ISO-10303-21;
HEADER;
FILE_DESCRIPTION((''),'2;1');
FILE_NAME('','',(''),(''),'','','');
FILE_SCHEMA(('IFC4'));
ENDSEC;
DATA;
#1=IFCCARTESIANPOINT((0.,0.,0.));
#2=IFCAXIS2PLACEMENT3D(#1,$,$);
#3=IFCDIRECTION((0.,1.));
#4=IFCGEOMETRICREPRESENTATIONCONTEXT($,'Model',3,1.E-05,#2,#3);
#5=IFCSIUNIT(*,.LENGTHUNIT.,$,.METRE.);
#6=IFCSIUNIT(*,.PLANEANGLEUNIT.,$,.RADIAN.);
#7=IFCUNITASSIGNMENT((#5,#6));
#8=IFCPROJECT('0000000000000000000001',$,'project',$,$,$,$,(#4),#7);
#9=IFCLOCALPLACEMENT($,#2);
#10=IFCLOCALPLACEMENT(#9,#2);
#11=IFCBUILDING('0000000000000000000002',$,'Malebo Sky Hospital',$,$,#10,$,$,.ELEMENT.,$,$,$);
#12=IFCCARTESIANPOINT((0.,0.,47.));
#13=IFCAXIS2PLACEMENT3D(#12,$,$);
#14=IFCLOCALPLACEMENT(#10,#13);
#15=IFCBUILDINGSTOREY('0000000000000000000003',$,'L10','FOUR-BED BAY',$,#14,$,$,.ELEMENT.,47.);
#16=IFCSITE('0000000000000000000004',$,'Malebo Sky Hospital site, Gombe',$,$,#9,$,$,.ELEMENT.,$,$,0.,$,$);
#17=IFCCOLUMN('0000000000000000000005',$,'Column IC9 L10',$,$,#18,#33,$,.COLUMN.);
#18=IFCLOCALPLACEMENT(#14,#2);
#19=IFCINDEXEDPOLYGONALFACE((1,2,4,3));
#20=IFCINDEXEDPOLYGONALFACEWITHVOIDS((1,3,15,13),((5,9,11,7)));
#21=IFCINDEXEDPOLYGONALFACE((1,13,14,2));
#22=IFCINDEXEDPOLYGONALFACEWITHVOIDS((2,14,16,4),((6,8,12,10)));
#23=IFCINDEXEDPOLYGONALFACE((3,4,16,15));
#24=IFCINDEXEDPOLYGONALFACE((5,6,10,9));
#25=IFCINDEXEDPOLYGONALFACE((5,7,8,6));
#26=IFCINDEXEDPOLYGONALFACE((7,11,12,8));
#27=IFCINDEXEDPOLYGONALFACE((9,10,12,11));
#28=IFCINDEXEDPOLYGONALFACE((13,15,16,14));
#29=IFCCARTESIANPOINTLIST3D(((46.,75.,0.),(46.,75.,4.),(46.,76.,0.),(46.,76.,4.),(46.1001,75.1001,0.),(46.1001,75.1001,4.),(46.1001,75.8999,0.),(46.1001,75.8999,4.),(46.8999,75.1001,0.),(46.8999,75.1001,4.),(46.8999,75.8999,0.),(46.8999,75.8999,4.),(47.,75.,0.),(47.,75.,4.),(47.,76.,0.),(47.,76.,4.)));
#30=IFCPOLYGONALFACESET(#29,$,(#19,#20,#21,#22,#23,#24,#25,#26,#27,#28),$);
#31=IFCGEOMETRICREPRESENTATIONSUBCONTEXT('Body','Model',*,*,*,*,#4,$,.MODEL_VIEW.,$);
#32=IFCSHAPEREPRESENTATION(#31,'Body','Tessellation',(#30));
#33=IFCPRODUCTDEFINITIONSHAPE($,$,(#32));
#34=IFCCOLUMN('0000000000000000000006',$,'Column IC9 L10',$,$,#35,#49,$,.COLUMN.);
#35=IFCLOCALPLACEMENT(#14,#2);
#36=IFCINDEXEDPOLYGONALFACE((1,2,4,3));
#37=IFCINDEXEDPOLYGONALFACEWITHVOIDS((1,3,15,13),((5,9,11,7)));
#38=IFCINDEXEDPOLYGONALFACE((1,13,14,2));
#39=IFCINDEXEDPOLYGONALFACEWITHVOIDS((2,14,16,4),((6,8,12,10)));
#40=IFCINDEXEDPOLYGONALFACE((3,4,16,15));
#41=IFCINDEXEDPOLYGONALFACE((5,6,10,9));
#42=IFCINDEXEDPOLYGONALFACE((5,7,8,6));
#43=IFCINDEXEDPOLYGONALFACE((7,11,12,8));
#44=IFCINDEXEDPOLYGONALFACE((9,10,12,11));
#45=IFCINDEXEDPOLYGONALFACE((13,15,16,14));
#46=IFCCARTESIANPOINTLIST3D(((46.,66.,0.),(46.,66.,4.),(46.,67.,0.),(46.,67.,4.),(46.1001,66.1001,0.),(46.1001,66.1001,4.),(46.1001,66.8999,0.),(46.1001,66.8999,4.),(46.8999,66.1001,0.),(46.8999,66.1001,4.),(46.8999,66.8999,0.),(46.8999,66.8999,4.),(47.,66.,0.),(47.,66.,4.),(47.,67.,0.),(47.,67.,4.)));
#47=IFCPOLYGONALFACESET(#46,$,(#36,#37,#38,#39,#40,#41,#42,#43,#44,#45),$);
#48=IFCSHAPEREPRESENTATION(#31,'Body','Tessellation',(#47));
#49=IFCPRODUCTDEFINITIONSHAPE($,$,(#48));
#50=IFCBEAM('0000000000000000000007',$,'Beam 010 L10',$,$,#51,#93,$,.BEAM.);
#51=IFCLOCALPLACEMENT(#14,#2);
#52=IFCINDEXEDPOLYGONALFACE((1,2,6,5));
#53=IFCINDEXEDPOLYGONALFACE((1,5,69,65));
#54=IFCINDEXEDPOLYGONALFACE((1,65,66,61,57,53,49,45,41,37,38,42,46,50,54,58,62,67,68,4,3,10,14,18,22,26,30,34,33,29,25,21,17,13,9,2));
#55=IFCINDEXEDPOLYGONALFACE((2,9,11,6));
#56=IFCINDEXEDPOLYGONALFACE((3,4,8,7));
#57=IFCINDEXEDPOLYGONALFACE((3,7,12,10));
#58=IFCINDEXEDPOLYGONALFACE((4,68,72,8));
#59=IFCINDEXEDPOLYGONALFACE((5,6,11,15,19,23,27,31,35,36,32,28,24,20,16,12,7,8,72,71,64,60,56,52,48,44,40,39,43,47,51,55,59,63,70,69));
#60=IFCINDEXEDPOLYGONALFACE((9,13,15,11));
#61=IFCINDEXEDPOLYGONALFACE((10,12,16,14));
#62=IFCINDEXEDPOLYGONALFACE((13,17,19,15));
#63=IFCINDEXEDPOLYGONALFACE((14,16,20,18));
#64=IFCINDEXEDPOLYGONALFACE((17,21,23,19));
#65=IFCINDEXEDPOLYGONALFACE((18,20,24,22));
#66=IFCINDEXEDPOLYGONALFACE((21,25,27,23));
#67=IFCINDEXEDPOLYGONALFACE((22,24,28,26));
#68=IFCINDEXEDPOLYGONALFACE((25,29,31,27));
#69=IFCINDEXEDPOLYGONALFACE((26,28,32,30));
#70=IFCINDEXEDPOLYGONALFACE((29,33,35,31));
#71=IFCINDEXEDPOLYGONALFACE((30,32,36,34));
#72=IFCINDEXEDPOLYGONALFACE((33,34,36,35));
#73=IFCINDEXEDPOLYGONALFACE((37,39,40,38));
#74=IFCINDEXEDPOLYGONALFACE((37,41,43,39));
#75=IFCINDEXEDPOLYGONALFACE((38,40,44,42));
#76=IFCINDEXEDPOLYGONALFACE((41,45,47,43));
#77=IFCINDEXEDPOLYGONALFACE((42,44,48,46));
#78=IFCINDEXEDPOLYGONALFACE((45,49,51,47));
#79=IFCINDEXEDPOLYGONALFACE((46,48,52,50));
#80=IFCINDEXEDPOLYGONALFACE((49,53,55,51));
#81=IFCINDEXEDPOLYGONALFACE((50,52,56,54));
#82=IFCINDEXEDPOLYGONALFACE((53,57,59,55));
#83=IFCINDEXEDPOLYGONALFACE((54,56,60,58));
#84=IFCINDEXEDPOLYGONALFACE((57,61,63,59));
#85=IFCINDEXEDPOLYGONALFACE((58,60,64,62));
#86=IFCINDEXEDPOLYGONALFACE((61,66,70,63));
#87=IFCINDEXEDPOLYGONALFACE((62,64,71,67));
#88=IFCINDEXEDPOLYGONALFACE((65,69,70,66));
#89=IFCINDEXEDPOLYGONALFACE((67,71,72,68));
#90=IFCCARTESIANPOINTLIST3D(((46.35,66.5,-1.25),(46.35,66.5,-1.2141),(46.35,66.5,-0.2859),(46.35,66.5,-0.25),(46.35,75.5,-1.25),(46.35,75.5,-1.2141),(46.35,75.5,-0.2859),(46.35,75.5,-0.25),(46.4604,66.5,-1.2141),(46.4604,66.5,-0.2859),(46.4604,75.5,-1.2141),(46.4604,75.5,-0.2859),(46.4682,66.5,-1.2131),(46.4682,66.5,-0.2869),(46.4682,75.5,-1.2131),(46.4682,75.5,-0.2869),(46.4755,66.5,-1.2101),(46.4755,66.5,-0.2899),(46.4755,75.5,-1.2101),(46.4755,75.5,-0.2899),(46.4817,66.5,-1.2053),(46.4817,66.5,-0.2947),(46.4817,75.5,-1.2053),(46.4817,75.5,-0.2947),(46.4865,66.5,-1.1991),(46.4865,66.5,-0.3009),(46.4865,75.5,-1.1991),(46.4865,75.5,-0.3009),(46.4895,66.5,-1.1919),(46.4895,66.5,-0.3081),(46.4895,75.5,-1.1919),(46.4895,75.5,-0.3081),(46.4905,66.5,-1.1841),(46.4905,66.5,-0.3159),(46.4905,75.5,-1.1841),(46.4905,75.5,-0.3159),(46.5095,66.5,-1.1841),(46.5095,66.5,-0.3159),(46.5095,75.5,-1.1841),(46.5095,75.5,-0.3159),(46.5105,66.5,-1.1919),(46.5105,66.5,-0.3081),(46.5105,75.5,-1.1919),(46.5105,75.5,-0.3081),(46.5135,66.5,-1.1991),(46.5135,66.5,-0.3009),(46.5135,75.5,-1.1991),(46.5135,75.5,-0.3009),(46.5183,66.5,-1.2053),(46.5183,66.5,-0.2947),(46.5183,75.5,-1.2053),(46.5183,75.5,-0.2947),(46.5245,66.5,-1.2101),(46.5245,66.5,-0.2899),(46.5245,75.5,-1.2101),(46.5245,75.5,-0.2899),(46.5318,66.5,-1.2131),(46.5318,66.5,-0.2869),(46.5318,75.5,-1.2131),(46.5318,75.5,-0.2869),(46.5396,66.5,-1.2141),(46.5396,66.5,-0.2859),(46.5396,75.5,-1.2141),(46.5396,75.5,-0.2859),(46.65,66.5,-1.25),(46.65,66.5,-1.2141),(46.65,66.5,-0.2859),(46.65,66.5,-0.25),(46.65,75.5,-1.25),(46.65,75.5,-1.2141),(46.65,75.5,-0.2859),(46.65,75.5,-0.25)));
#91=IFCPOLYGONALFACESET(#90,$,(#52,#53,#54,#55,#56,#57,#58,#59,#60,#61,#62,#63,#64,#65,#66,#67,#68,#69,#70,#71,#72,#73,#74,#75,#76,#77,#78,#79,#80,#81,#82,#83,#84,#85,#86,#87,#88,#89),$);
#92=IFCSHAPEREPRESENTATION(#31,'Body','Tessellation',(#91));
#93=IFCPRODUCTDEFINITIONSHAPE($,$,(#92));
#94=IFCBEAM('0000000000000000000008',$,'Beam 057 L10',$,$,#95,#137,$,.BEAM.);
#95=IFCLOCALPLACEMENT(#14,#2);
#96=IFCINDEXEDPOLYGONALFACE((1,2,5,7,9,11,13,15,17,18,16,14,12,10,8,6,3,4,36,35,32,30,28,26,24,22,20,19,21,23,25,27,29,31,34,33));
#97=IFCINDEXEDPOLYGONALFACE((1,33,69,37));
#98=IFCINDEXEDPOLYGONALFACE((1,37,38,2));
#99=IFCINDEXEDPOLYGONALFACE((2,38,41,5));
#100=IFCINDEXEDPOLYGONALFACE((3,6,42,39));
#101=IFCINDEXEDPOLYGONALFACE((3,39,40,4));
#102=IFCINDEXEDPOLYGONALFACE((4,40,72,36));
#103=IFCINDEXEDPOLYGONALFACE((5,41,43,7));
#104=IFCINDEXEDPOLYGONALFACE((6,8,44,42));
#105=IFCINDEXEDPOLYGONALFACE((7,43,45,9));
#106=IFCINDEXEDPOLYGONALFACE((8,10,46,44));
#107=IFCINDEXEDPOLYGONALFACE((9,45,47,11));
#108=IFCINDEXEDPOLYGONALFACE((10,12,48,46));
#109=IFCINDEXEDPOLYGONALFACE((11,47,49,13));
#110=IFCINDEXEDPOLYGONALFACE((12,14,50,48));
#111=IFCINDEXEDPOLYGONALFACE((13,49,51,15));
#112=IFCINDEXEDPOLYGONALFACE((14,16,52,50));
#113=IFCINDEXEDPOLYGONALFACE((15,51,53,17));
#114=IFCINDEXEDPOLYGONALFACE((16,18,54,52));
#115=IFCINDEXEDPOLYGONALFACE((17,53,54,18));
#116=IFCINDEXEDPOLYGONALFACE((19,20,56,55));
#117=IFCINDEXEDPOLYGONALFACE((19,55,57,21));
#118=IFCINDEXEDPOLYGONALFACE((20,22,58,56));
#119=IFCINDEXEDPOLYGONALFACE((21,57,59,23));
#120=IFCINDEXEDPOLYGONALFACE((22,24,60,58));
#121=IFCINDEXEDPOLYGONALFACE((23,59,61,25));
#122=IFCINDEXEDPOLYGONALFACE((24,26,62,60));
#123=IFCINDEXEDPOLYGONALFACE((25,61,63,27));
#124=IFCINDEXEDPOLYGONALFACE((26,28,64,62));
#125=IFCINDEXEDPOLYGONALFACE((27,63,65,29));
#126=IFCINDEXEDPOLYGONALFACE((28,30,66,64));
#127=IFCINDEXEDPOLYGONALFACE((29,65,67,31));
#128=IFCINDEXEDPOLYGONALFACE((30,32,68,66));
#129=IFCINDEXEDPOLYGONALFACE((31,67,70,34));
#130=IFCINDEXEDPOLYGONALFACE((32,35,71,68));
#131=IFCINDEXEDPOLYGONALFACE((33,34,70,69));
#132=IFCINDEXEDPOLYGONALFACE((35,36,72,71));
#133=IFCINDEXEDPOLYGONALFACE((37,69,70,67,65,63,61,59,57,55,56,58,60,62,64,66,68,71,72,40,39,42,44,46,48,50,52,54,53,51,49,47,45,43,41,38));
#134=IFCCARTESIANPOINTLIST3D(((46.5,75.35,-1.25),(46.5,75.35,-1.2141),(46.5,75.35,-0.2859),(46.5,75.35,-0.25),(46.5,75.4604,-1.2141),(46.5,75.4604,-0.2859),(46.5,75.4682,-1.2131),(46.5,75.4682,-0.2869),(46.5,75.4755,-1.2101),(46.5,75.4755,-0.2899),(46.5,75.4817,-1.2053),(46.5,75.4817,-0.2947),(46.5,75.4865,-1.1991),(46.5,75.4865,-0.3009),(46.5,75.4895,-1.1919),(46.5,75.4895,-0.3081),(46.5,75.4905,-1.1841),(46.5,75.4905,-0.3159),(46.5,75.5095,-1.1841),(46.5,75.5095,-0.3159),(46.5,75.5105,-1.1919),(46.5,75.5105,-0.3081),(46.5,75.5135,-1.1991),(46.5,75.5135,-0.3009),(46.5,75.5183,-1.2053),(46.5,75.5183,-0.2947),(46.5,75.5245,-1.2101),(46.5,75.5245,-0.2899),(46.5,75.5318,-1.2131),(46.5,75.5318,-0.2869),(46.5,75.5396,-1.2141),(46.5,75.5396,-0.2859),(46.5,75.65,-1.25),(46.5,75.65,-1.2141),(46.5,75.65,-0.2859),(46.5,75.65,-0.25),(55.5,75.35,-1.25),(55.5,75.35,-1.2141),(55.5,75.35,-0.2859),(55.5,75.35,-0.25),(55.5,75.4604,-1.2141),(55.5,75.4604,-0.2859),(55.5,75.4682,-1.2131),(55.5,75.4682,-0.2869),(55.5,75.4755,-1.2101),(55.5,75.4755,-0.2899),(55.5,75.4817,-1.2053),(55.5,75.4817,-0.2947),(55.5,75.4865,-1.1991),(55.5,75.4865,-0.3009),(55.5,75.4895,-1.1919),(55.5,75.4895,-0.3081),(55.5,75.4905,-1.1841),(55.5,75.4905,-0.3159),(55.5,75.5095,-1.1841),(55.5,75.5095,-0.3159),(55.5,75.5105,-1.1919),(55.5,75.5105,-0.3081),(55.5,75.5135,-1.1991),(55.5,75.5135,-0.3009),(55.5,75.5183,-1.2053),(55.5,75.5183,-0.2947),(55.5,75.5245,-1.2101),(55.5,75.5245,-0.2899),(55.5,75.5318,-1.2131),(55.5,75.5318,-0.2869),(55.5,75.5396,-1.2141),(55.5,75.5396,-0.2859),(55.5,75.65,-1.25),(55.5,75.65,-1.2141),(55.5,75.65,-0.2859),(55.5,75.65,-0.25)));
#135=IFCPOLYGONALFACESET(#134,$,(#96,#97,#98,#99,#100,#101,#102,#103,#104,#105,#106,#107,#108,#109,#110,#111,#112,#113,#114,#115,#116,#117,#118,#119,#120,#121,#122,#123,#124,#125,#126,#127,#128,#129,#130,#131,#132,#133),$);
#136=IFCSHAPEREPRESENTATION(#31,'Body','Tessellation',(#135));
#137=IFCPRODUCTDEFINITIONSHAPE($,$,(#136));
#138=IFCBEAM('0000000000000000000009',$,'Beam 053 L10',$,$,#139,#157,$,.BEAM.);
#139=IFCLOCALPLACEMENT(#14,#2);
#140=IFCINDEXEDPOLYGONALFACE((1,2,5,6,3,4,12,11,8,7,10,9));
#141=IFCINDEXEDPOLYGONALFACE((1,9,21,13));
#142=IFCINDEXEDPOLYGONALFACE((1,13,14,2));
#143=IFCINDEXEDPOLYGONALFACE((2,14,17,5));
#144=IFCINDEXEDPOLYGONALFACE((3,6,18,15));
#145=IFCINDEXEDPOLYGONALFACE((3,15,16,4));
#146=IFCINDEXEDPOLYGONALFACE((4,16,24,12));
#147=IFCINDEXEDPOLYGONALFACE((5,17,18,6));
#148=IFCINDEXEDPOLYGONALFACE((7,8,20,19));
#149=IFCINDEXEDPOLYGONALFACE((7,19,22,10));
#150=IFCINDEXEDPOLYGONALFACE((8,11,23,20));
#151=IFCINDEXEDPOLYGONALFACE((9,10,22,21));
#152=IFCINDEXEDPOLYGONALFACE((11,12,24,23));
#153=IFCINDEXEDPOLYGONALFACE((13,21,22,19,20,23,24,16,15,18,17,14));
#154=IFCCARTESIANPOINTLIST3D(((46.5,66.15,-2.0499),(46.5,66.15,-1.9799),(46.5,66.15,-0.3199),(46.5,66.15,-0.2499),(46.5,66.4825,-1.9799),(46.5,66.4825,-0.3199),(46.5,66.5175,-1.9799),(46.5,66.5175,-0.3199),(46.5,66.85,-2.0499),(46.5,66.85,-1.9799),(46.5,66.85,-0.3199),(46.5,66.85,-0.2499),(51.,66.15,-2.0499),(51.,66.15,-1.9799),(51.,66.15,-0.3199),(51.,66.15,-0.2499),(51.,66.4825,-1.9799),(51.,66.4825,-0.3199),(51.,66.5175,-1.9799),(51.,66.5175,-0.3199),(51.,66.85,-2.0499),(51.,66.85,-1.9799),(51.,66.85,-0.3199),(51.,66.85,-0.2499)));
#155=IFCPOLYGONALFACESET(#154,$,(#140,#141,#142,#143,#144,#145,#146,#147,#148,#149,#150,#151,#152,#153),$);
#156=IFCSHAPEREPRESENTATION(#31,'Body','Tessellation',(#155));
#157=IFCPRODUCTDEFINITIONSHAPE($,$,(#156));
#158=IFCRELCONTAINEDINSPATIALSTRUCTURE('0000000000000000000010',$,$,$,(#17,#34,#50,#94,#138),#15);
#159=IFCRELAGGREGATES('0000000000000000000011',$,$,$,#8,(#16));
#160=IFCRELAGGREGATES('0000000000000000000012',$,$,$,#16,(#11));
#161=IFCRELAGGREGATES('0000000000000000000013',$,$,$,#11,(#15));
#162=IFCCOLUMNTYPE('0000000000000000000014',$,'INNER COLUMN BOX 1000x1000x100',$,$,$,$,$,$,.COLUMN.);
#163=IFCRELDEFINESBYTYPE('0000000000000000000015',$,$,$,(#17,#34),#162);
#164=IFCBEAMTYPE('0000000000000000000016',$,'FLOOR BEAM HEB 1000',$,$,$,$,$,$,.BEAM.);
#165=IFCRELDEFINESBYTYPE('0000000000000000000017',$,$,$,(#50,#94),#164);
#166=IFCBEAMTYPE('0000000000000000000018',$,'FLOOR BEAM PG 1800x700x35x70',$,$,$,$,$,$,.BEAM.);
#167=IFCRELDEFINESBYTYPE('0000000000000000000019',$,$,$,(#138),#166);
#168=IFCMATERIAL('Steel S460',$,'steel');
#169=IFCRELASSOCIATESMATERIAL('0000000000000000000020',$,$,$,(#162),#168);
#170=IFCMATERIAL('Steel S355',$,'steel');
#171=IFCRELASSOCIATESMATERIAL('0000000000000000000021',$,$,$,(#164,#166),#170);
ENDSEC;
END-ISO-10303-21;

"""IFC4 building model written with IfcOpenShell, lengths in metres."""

from ifc_helpers import new_model, si_unit, direction, frame, origin, origin_2d, place, context, subcontext, project, spatial, hollow_rectangle, i_section, extrude, material, material_profile, profile_set, type_object, element, save


model = new_model("IFC4")

# Units and contexts
model_context = context("Model", 3, precision=1e-05, world=origin(), true_north=direction((0.0, 1.0)))
body_context = subcontext(model_context, "Body", "Model", "MODEL_VIEW")
ifc_project = project(units=[si_unit("LENGTHUNIT", "METRE"), si_unit("PLANEANGLEUNIT", "RADIAN")], contexts=[model_context])

# Site, building, storey
site_placement = place(None, origin())
site = spatial("IfcSite", under=ifc_project, at=site_placement, Name="Malebo Sky Hospital site, Gombe", CompositionType="ELEMENT", RefElevation=0.0)
building_placement = place(site_placement, origin())
building = spatial("IfcBuilding", under=site, at=building_placement, Name="Malebo Sky Hospital", CompositionType="ELEMENT")
storey_placement = place(building_placement, frame((0.0, 0.0, 47.0)))
storey = spatial("IfcBuildingStorey", under=building, at=storey_placement, Name="L10", Description="FOUR-BED BAY", CompositionType="ELEMENT", Elevation=47.0)

# Columns
ifc_material_1 = material(Name="Steel S460", Category="steel")
ifc_material_profile_1 = material_profile(ifc_material_1, hollow_rectangle(XDim=1.0, YDim=1.0, WallThickness=0.1001, at=origin_2d()), Name="BOX 1000x1000x100")
ifc_profile_set_1 = profile_set([ifc_material_profile_1], Name="Steel S460")
column_type = type_object("IfcColumnType", Name="INNER COLUMN BOX 1000x1000x100", PredefinedType="COLUMN", material=ifc_profile_set_1)
for number, where, z_axis, x_axis, name in (
    (1, (46.5, 75.5, 0.0), (0.0, 0.0, 1.0), (1.0, 0.0, 0.0), "Column IC9 L10"),
    (2, (46.5, 66.5, 0.0), (0.0, 0.0, 1.0), (1.0, 0.0, 0.0), "Column IC9 L10"),
):
    element("IfcColumn", number, at=place(storey_placement, frame(where, z_axis=z_axis, x_axis=x_axis)), inside=storey, type_object=column_type, Name=name, PredefinedType="COLUMN", context=body_context, shape_type="SweptSolid", body=[
        extrude(hollow_rectangle(XDim=1.0, YDim=1.0, WallThickness=0.1001, at=origin_2d()), origin(), (0.0, 0.0, 1.0), 4.0),
    ])

# Beams
ifc_material_2 = material(Name="Steel S355", Category="steel")
ifc_material_profile_2 = material_profile(ifc_material_2, i_section(OverallWidth=0.3, OverallDepth=1.0, WebThickness=0.019, FlangeThickness=0.0359, FilletRadius=0.03, at=origin_2d()), Name="HEB 1000")
ifc_profile_set_2 = profile_set([ifc_material_profile_2], Name="Steel S355")
beam_type_1 = type_object("IfcBeamType", Name="FLOOR BEAM HEB 1000", PredefinedType="BEAM", material=ifc_profile_set_2)
for number, where, z_axis, x_axis, name in (
    (3, (46.5, 66.5, -0.75), (0.0, 1.0, 0.0), (-1.0, 0.0, 0.0), "Beam 010 L10"),
    (4, (46.5, 75.5, -0.75), (1.0, 0.0, 0.0), (0.0, 1.0, 0.0), "Beam 057 L10"),
):
    element("IfcBeam", number, at=place(storey_placement, frame(where, z_axis=z_axis, x_axis=x_axis)), inside=storey, type_object=beam_type_1, Name=name, PredefinedType="BEAM", context=body_context, shape_type="SweptSolid", body=[
        extrude(i_section(OverallWidth=0.3, OverallDepth=1.0, WebThickness=0.019, FlangeThickness=0.0359, FilletRadius=0.03, at=origin_2d()), origin(), (0.0, 0.0, 1.0), 9.0),
    ])
ifc_material_profile_3 = material_profile(ifc_material_2, i_section(OverallWidth=0.7, OverallDepth=1.8, WebThickness=0.0349, FlangeThickness=0.0701, at=origin_2d()), Name="PG 1800x700x35x70")
ifc_profile_set_3 = profile_set([ifc_material_profile_3], Name="Steel S355")
beam_type_2 = type_object("IfcBeamType", Name="FLOOR BEAM PG 1800x700x35x70", PredefinedType="BEAM", material=ifc_profile_set_3)
beam_1_placement = place(storey_placement, frame((46.5, 66.5, -1.1499), z_axis=(1.0, 0.0, 0.0), x_axis=(0.0, 1.0, 0.0)))
element("IfcBeam", 5, at=beam_1_placement, inside=storey, type_object=beam_type_2, Name="Beam 053 L10", PredefinedType="BEAM", context=body_context, shape_type="SweptSolid", body=[
    extrude(i_section(OverallWidth=0.7, OverallDepth=1.8, WebThickness=0.0349, FlangeThickness=0.0701, at=origin_2d()), origin(), (0.0, 0.0, 1.0), 4.5),
])

save(model, "model.ifc")
